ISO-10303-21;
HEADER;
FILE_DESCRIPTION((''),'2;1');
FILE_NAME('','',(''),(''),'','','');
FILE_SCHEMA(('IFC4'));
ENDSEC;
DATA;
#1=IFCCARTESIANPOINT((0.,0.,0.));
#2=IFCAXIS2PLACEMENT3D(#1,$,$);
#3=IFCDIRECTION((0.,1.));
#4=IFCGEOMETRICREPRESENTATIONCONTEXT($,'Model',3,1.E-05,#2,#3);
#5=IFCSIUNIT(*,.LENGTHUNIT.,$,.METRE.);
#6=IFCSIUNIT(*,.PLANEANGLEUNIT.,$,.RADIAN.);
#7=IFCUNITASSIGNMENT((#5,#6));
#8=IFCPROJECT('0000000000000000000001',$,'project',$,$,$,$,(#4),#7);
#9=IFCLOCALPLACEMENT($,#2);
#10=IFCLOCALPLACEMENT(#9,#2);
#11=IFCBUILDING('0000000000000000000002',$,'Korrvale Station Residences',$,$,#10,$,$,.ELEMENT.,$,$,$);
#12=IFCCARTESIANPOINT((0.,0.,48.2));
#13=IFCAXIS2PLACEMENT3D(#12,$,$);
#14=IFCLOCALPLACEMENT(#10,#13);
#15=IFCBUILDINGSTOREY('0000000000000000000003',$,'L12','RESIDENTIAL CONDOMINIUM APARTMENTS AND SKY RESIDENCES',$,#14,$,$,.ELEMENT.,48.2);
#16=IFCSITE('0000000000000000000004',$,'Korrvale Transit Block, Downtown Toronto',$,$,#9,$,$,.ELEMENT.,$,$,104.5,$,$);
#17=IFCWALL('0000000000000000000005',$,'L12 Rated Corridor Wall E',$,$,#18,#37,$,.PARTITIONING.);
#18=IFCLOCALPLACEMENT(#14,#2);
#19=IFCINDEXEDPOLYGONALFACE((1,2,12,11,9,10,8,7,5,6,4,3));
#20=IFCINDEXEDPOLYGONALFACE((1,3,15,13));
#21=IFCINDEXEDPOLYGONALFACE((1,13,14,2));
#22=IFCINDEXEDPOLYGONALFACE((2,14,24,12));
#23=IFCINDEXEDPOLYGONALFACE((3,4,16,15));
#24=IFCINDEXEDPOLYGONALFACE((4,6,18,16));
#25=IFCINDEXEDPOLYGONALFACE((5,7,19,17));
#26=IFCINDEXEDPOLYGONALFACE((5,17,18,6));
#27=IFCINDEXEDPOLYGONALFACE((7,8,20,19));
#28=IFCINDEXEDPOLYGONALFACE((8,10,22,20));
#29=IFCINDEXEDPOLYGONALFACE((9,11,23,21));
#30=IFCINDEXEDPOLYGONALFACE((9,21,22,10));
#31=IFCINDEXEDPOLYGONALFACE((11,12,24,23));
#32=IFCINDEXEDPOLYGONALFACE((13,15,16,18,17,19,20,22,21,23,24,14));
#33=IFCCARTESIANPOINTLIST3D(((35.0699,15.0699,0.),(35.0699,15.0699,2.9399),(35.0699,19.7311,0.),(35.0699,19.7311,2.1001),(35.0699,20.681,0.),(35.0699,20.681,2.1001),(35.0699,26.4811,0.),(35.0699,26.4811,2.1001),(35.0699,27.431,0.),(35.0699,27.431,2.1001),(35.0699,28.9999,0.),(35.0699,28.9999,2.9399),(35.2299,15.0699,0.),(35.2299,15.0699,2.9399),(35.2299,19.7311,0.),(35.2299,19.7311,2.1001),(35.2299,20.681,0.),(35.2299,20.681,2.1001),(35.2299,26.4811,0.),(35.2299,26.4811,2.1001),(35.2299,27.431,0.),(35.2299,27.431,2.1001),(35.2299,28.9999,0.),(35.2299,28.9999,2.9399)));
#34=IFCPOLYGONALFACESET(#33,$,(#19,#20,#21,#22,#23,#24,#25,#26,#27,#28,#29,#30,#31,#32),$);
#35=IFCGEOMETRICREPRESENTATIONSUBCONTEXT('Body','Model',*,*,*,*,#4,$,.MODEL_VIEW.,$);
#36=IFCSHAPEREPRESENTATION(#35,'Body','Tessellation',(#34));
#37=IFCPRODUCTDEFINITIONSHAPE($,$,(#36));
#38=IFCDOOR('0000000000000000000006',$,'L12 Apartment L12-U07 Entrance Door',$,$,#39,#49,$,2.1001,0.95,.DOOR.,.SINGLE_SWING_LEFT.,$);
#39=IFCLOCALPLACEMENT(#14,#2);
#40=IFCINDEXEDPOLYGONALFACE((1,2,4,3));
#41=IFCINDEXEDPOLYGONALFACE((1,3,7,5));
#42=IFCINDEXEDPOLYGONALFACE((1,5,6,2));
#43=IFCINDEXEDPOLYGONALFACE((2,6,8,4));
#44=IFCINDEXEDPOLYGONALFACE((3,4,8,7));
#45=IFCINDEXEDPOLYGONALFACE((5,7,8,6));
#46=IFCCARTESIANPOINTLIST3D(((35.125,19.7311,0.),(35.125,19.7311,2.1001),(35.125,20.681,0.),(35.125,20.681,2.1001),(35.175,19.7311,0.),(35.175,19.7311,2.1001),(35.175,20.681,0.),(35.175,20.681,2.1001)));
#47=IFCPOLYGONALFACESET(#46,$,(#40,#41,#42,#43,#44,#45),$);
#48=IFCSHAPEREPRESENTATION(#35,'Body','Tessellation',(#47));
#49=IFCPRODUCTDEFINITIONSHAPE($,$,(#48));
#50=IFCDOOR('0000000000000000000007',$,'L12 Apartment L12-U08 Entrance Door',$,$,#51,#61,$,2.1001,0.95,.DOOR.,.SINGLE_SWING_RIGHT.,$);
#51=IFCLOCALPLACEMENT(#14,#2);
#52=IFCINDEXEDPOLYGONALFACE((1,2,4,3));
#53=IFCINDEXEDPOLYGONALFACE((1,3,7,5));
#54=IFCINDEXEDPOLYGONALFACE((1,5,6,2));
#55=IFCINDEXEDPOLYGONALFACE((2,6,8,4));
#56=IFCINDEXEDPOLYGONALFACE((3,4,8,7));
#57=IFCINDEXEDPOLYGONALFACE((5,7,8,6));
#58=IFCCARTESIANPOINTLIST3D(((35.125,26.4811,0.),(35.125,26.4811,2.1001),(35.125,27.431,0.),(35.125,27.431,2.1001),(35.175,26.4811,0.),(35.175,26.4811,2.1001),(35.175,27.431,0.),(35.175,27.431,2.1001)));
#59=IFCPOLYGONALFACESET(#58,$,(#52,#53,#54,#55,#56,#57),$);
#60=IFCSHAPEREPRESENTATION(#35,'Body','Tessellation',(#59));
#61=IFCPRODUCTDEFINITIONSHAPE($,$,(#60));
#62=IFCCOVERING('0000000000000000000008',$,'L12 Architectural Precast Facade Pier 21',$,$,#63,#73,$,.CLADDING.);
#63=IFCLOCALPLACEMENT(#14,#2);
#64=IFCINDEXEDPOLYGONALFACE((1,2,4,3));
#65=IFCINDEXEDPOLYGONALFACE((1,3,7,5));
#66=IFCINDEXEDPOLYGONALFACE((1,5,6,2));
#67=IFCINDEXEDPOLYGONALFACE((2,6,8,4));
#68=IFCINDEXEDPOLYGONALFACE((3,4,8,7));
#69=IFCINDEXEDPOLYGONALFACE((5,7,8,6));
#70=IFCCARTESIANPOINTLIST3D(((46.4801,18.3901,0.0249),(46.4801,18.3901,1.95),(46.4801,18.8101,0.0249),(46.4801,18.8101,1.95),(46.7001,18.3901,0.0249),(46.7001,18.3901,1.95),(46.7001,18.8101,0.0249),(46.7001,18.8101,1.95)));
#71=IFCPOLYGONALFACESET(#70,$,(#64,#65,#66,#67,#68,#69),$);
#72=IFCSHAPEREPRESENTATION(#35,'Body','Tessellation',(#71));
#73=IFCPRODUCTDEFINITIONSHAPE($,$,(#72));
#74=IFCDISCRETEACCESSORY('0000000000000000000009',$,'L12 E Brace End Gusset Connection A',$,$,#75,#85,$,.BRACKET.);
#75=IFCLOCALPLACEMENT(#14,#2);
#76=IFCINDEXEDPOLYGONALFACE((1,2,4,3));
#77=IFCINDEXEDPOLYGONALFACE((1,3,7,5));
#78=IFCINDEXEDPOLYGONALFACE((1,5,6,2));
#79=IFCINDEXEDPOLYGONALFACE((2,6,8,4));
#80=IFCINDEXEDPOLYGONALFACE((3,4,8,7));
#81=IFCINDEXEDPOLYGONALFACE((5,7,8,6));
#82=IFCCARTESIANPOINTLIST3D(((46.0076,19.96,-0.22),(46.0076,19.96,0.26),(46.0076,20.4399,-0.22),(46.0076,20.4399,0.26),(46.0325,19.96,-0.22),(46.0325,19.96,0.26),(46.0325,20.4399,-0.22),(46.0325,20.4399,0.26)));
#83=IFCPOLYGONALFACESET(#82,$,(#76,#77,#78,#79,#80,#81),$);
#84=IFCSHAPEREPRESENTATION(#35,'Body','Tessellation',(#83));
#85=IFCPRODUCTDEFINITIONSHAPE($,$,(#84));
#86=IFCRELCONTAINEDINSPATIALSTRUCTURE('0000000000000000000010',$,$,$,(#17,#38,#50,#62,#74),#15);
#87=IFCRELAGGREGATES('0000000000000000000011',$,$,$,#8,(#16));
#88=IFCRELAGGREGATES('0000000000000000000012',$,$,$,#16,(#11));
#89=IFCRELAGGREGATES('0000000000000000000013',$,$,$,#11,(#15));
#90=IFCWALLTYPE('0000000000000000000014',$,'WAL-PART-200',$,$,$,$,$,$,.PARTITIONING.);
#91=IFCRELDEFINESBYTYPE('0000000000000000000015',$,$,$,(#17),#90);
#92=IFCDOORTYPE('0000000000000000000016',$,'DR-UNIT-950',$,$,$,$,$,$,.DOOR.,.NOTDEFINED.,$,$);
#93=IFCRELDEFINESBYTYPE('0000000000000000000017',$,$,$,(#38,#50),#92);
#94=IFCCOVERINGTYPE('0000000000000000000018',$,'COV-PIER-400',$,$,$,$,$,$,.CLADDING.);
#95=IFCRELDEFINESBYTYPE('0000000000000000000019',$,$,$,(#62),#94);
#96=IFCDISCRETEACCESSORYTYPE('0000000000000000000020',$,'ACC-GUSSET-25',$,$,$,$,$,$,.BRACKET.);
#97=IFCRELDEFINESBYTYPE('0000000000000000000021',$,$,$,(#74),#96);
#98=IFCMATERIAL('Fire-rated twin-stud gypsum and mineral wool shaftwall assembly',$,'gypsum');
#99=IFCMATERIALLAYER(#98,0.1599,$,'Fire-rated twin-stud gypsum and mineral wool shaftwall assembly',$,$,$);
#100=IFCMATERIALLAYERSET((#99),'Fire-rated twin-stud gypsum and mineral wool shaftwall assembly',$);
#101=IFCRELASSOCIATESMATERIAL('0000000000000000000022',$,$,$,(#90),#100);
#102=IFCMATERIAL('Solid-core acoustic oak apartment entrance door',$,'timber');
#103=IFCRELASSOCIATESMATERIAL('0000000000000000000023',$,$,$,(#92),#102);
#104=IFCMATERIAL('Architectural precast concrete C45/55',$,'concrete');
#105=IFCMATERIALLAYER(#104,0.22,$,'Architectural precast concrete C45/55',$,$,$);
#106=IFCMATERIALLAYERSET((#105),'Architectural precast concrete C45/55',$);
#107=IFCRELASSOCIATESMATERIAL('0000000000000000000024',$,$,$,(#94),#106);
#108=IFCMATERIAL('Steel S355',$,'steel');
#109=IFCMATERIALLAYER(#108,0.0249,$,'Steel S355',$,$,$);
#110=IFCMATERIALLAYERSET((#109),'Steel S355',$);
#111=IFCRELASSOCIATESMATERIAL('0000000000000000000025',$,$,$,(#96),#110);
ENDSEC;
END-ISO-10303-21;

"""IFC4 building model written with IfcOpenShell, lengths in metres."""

from ifc_helpers import new_model, si_unit, direction, frame, frame_2d, origin, origin_2d, place, context, subcontext, project, spatial, rectangle, extrude, material, layer, layer_set, type_object, element, fill, save


model = new_model("IFC4")

# Units and contexts
model_context = context("Model", 3, precision=1e-05, world=origin(), true_north=direction((0.0, 1.0)))
body_context = subcontext(model_context, "Body", "Model", "MODEL_VIEW")
ifc_project = project(units=[si_unit("LENGTHUNIT", "METRE"), si_unit("PLANEANGLEUNIT", "RADIAN")], contexts=[model_context])

# Site, building, storey
site_placement = place(None, origin())
site = spatial("IfcSite", under=ifc_project, at=site_placement, Name="Korrvale Transit Block, Downtown Toronto", CompositionType="ELEMENT", RefElevation=104.5)
building_placement = place(site_placement, origin())
building = spatial("IfcBuilding", under=site, at=building_placement, Name="Korrvale Station Residences", CompositionType="ELEMENT")
storey_placement = place(building_placement, frame((0.0, 0.0, 48.2)))
storey = spatial("IfcBuildingStorey", under=building, at=storey_placement, Name="L12", Description="RESIDENTIAL CONDOMINIUM APARTMENTS AND SKY RESIDENCES", CompositionType="ELEMENT", Elevation=48.2)

# Shared definitions
ifc_material_1 = material(Name="Steel S355", Category="steel")

# Shared definitions
ifc_material_2 = material(Name="Fire-rated twin-stud gypsum and mineral wool shaftwall assembly", Category="gypsum")
ifc_layer_1 = layer(ifc_material_2, 0.1599, Name="Fire-rated twin-stud gypsum and mineral wool shaftwall assembly")
ifc_layer_set_1 = layer_set([ifc_layer_1], Name="Fire-rated twin-stud gypsum and mineral wool shaftwall assembly")
wall_type_1 = type_object("IfcWallType", Name="WAL-PART-200", PredefinedType="PARTITIONING", material=ifc_layer_set_1)

# Wall, openings, doors
wall_1_placement = place(storey_placement, frame((35.1499, 15.0701, 0.0), z_axis=(0.0, 0.0, 1.0), x_axis=(0.0, 1.0, 0.0)))
wall_1 = element("IfcWall", 1, at=wall_1_placement, inside=storey, type_object=wall_type_1, Name="L12 Rated Corridor Wall E", PredefinedType="PARTITIONING", context=body_context, shape_type="SweptSolid", body=[
    extrude(rectangle(XDim=13.9299, YDim=0.1599, at=frame_2d((6.9648, 0.0))), origin(), (0.0, 0.0, 1.0), 2.9399),
])
opening_1_placement = place(wall_1_placement, frame((4.6609, 0.0, 0.0)))
opening_1 = element("IfcOpeningElement", 2, at=opening_1_placement, cuts=wall_1, PredefinedType="OPENING", context=body_context, shape_type="SweptSolid", body=[
    extrude(rectangle(XDim=0.95, YDim=2.1001, at=frame_2d((0.4751, 1.05))), frame((0.0, 0.0898, 0.0), z_axis=(0.0, -1.0, 0.0), x_axis=(1.0, 0.0, 0.0)), (0.0, 0.0, 1.0), 0.1799),
])
opening_2_placement = place(wall_1_placement, frame((11.4109, 0.0, 0.0)))
opening_2 = element("IfcOpeningElement", 3, at=opening_2_placement, cuts=wall_1, PredefinedType="OPENING", context=body_context, shape_type="SweptSolid", body=[
    extrude(rectangle(XDim=0.95, YDim=2.1001, at=frame_2d((0.4751, 1.05))), frame((0.0, 0.0898, 0.0), z_axis=(0.0, -1.0, 0.0), x_axis=(1.0, 0.0, 0.0)), (0.0, 0.0, 1.0), 0.1799),
])
ifc_material_3 = material(Name="Solid-core acoustic oak apartment entrance door", Category="timber")
door_type_1 = type_object("IfcDoorType", Name="DR-UNIT-950", OperationType="NOTDEFINED", PredefinedType="DOOR", material=ifc_material_3)
door_1_placement = place(opening_1_placement, origin())
door_1 = element("IfcDoor", 4, at=door_1_placement, inside=storey, type_object=door_type_1, Name="L12 Apartment L12-U07 Entrance Door", OperationType="SINGLE_SWING_LEFT", OverallHeight=2.1001, OverallWidth=0.95, PredefinedType="DOOR", context=body_context, shape_type="SweptSolid", body=[
    extrude(rectangle(XDim=0.95, YDim=2.1001, at=frame_2d((0.4751, 1.05))), frame((0.0, 0.0249, 0.0), z_axis=(0.0, -1.0, 0.0), x_axis=(1.0, 0.0, 0.0)), (0.0, 0.0, 1.0), 0.05),
])
fill(opening_1, door_1)
door_2_placement = place(opening_2_placement, origin())
door_2 = element("IfcDoor", 5, at=door_2_placement, inside=storey, type_object=door_type_1, Name="L12 Apartment L12-U08 Entrance Door", OperationType="SINGLE_SWING_RIGHT", OverallHeight=2.1001, OverallWidth=0.95, PredefinedType="DOOR", context=body_context, shape_type="SweptSolid", body=[
    extrude(rectangle(XDim=0.95, YDim=2.1001, at=frame_2d((0.4751, 1.05))), frame((0.0, 0.0249, 0.0), z_axis=(0.0, -1.0, 0.0), x_axis=(1.0, 0.0, 0.0)), (0.0, 0.0, 1.0), 0.05),
])
fill(opening_2, door_2)

# Covering
ifc_material_4 = material(Name="Architectural precast concrete C45/55", Category="concrete")
ifc_layer_2 = layer(ifc_material_4, 0.22, Name="Architectural precast concrete C45/55")
ifc_layer_set_2 = layer_set([ifc_layer_2], Name="Architectural precast concrete C45/55")
covering_type = type_object("IfcCoveringType", Name="COV-PIER-400", PredefinedType="CLADDING", material=ifc_layer_set_2)
covering_placement = place(storey_placement, frame((46.5901, 18.6001, 0.0249), z_axis=(0.0, 0.0, 1.0), x_axis=(0.0, 1.0, 0.0)))
element("IfcCovering", 6, at=covering_placement, inside=storey, type_object=covering_type, Name="L12 Architectural Precast Facade Pier 21", PredefinedType="CLADDING", context=body_context, shape_type="SweptSolid", body=[
    extrude(rectangle(XDim=0.4199, YDim=0.22, at=origin_2d()), origin(), (0.0, 0.0, 1.0), 1.925),
])

# Discrete accessory
ifc_layer_3 = layer(ifc_material_1, 0.0249, Name="Steel S355")
ifc_layer_set_3 = layer_set([ifc_layer_3], Name="Steel S355")
discrete_accessory_type = type_object("IfcDiscreteAccessoryType", Name="ACC-GUSSET-25", PredefinedType="BRACKET", material=ifc_layer_set_3)
discrete_accessory_placement = place(storey_placement, frame((46.02, 20.2, -0.22), z_axis=(0.0, 0.0, 1.0), x_axis=(0.0, 1.0, 0.0)))
element("IfcDiscreteAccessory", 7, at=discrete_accessory_placement, inside=storey, type_object=discrete_accessory_type, Name="L12 E Brace End Gusset Connection A", PredefinedType="BRACKET", context=body_context, shape_type="SweptSolid", body=[
    extrude(rectangle(XDim=0.48, YDim=0.0249, at=origin_2d()), origin(), (0.0, 0.0, 1.0), 0.48),
])

save(model, "model.ifc")
